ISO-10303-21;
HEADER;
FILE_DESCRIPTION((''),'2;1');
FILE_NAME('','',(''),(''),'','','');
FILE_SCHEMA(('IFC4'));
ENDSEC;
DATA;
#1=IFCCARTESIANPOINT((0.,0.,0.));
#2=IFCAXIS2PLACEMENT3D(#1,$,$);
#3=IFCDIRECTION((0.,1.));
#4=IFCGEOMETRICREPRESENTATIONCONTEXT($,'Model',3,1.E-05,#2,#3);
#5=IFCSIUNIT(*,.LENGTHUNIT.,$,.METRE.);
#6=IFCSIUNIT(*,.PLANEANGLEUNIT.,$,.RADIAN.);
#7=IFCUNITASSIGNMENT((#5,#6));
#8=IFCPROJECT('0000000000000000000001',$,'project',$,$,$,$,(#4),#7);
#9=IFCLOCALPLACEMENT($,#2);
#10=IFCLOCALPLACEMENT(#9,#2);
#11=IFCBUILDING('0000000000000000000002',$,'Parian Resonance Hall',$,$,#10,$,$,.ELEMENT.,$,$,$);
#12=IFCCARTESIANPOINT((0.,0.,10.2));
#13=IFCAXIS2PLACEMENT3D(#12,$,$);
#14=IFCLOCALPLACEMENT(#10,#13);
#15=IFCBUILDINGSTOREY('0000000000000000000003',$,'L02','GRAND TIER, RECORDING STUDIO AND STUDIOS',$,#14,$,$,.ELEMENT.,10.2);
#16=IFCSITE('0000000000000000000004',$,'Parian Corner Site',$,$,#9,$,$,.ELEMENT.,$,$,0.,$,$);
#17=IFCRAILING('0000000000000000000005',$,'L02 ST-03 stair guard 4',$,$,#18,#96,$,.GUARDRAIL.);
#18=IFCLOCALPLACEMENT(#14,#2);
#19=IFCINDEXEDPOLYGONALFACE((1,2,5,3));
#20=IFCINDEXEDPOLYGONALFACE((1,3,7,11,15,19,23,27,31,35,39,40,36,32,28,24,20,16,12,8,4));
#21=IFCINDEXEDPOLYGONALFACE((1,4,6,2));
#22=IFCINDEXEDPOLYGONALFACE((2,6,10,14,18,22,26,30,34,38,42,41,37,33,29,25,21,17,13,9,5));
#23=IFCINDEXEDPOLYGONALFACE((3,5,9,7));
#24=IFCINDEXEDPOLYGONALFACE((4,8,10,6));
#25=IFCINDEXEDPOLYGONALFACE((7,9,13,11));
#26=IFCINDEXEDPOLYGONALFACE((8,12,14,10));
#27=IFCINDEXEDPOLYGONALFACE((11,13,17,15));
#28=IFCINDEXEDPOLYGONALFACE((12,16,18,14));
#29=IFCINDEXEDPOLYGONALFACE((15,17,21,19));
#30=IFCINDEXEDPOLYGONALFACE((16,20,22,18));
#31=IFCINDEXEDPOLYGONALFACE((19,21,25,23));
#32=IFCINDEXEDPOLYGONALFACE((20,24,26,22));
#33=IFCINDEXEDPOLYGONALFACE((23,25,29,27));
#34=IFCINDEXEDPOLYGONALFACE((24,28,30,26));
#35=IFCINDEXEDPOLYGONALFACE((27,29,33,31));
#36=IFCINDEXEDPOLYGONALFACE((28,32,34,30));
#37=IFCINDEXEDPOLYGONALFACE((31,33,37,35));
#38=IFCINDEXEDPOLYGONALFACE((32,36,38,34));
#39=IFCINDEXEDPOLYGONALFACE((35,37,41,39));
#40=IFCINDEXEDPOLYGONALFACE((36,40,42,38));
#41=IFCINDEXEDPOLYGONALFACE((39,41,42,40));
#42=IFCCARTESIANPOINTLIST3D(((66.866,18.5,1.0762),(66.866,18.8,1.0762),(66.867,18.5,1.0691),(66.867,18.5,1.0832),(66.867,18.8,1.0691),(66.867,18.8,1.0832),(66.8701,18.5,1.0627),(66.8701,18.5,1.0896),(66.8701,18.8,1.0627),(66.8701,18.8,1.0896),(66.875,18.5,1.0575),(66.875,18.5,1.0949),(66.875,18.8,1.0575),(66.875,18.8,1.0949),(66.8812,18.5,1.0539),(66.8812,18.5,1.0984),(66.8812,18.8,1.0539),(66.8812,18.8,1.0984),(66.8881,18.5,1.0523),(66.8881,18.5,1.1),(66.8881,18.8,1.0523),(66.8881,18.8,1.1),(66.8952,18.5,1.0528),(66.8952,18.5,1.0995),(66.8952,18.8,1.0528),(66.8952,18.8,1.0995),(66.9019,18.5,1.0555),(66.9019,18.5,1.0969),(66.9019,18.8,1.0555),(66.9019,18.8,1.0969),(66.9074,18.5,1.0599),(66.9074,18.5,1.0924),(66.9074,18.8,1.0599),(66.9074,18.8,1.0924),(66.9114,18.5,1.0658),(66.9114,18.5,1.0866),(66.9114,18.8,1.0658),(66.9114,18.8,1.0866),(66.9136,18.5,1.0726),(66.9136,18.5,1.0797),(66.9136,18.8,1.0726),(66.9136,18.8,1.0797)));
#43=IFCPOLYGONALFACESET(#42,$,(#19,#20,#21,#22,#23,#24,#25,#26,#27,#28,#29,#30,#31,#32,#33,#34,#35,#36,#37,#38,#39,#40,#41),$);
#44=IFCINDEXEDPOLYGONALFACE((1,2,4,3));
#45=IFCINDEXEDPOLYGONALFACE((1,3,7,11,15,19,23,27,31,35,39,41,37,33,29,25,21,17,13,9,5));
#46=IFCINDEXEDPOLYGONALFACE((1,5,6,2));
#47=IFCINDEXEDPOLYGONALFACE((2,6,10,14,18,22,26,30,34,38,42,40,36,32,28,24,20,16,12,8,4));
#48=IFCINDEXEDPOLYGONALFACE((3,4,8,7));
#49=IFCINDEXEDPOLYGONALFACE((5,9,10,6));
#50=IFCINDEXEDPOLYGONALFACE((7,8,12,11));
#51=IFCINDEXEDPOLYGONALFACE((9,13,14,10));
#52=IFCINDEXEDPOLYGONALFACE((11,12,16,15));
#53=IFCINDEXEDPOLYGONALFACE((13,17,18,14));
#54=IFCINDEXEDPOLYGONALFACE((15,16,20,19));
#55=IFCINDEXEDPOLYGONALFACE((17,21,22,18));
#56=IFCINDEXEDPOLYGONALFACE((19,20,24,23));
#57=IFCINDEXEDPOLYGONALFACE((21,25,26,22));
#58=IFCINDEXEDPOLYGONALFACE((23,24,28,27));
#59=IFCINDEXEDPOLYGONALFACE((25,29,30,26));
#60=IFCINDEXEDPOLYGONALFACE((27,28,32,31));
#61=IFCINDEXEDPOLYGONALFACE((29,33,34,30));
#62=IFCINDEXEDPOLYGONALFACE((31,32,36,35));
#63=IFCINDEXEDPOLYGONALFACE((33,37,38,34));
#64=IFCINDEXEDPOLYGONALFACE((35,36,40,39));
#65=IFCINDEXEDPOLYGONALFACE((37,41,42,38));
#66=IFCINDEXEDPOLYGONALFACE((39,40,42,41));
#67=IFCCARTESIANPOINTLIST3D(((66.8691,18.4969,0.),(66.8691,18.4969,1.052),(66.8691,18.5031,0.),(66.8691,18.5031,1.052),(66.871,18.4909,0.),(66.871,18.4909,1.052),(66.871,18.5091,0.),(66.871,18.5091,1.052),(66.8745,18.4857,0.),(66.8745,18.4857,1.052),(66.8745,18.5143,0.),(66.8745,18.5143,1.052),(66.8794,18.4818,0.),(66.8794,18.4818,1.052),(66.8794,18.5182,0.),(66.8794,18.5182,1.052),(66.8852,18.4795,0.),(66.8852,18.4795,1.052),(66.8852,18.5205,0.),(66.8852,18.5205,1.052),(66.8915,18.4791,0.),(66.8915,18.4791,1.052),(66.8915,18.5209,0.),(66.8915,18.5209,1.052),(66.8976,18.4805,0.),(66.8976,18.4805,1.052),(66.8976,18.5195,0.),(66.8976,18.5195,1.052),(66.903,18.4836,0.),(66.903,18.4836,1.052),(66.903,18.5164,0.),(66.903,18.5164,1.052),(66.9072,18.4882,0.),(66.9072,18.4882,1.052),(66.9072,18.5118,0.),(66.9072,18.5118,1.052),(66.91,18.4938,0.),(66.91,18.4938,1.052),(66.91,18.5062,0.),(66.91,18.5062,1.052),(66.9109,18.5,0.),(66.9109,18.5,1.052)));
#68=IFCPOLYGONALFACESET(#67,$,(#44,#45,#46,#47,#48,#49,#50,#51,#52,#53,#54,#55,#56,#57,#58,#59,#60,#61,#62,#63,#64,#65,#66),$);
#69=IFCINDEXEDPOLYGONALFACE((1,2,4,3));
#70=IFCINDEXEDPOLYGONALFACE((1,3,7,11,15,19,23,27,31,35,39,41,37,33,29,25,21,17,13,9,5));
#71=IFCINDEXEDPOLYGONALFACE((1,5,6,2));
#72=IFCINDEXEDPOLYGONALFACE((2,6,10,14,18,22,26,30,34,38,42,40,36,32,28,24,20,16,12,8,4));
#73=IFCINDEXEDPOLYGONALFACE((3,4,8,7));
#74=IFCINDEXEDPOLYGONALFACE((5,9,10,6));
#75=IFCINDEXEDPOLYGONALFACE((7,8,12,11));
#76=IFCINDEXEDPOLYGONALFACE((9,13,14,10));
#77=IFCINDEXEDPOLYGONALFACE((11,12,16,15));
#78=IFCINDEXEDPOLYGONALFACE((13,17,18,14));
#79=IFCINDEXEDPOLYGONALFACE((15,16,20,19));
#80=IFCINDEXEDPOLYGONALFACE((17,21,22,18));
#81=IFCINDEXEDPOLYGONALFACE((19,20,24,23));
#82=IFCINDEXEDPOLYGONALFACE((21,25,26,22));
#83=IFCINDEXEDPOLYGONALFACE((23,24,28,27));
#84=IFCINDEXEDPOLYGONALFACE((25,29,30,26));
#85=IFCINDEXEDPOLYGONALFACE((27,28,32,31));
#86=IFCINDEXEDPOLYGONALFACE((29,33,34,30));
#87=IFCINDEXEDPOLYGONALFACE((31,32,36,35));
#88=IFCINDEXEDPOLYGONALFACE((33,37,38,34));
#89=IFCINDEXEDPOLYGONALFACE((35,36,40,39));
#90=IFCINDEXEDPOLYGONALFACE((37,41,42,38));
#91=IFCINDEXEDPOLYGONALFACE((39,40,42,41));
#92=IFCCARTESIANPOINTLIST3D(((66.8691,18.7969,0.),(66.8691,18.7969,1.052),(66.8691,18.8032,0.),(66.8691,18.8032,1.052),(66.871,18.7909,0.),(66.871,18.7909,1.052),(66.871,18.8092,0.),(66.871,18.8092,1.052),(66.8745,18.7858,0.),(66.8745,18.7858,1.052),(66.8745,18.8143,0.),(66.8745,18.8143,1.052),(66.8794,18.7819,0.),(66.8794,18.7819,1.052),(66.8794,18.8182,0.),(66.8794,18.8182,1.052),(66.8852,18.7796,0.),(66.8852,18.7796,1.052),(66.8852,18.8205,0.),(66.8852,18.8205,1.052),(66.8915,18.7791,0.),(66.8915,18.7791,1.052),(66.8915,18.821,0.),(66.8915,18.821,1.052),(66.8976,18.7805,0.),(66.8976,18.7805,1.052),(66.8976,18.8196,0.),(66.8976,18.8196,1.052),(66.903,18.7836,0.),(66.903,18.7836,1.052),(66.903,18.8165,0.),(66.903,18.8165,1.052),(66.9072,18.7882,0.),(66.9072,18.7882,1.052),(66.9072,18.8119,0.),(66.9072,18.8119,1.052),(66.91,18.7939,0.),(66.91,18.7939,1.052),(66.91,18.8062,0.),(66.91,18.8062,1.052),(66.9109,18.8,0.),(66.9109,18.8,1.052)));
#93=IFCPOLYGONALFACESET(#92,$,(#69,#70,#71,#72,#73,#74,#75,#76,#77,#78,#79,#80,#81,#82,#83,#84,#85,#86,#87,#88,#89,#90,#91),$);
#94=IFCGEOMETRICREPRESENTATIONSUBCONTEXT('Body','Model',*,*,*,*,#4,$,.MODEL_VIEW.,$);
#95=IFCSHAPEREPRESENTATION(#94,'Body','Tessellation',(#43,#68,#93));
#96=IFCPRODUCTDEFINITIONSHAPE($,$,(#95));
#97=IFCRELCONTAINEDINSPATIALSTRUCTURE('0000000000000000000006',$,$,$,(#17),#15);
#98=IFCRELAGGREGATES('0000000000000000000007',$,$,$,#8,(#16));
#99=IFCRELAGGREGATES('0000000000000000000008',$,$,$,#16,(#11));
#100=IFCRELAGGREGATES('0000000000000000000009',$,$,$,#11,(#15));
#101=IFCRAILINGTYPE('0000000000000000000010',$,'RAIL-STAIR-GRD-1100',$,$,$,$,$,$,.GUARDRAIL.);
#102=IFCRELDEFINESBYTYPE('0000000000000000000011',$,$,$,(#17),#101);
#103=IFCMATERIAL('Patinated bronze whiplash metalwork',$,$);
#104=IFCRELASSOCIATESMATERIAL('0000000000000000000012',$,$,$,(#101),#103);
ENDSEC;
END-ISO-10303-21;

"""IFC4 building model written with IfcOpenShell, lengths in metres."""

from ifc_helpers import new_model, si_unit, direction, frame, origin, origin_2d, place, context, subcontext, project, spatial, circle, extrude, material, type_object, element, save


model = new_model("IFC4")

# Units and contexts
model_context = context("Model", 3, precision=1e-05, world=origin(), true_north=direction((0.0, 1.0)))
body_context = subcontext(model_context, "Body", "Model", "MODEL_VIEW")
ifc_project = project(units=[si_unit("LENGTHUNIT", "METRE"), si_unit("PLANEANGLEUNIT", "RADIAN")], contexts=[model_context])

# Site, building, storey
site_placement = place(None, origin())
site = spatial("IfcSite", under=ifc_project, at=site_placement, Name="Parian Corner Site", CompositionType="ELEMENT", RefElevation=0.0)
building_placement = place(site_placement, origin())
building = spatial("IfcBuilding", under=site, at=building_placement, Name="Parian Resonance Hall", CompositionType="ELEMENT")
storey_placement = place(building_placement, frame((0.0, 0.0, 10.2)))
storey = spatial("IfcBuildingStorey", under=building, at=storey_placement, Name="L02", Description="GRAND TIER, RECORDING STUDIO AND STUDIOS", CompositionType="ELEMENT", Elevation=10.2)

# Railing
ifc_material_1 = material(Name="Patinated bronze whiplash metalwork")
railing_type_1 = type_object("IfcRailingType", Name="RAIL-STAIR-GRD-1100", PredefinedType="GUARDRAIL", material=ifc_material_1)
railing_1_placement = place(storey_placement, frame((66.8899, 18.5, 0.0)))
element("IfcRailing", 1, at=railing_1_placement, inside=storey, type_object=railing_type_1, Name="L02 ST-03 stair guard 4", PredefinedType="GUARDRAIL", context=body_context, shape_type="SweptSolid", body=[
    extrude(circle(Radius=0.0239, at=origin_2d()), frame((0.0, 0.0, 1.0762), z_axis=(0.0, 1.0, 0.0), x_axis=(-1.0, 0.0, 0.0)), (0.0, 0.0, 1.0), 0.3),
    extrude(circle(Radius=0.021, at=origin_2d()), origin(), (0.0, 0.0, 1.0), 1.052),
    extrude(circle(Radius=0.021, at=origin_2d()), frame((0.0, 0.3, 0.0)), (0.0, 0.0, 1.0), 1.052),
])

save(model, "model.ifc")
